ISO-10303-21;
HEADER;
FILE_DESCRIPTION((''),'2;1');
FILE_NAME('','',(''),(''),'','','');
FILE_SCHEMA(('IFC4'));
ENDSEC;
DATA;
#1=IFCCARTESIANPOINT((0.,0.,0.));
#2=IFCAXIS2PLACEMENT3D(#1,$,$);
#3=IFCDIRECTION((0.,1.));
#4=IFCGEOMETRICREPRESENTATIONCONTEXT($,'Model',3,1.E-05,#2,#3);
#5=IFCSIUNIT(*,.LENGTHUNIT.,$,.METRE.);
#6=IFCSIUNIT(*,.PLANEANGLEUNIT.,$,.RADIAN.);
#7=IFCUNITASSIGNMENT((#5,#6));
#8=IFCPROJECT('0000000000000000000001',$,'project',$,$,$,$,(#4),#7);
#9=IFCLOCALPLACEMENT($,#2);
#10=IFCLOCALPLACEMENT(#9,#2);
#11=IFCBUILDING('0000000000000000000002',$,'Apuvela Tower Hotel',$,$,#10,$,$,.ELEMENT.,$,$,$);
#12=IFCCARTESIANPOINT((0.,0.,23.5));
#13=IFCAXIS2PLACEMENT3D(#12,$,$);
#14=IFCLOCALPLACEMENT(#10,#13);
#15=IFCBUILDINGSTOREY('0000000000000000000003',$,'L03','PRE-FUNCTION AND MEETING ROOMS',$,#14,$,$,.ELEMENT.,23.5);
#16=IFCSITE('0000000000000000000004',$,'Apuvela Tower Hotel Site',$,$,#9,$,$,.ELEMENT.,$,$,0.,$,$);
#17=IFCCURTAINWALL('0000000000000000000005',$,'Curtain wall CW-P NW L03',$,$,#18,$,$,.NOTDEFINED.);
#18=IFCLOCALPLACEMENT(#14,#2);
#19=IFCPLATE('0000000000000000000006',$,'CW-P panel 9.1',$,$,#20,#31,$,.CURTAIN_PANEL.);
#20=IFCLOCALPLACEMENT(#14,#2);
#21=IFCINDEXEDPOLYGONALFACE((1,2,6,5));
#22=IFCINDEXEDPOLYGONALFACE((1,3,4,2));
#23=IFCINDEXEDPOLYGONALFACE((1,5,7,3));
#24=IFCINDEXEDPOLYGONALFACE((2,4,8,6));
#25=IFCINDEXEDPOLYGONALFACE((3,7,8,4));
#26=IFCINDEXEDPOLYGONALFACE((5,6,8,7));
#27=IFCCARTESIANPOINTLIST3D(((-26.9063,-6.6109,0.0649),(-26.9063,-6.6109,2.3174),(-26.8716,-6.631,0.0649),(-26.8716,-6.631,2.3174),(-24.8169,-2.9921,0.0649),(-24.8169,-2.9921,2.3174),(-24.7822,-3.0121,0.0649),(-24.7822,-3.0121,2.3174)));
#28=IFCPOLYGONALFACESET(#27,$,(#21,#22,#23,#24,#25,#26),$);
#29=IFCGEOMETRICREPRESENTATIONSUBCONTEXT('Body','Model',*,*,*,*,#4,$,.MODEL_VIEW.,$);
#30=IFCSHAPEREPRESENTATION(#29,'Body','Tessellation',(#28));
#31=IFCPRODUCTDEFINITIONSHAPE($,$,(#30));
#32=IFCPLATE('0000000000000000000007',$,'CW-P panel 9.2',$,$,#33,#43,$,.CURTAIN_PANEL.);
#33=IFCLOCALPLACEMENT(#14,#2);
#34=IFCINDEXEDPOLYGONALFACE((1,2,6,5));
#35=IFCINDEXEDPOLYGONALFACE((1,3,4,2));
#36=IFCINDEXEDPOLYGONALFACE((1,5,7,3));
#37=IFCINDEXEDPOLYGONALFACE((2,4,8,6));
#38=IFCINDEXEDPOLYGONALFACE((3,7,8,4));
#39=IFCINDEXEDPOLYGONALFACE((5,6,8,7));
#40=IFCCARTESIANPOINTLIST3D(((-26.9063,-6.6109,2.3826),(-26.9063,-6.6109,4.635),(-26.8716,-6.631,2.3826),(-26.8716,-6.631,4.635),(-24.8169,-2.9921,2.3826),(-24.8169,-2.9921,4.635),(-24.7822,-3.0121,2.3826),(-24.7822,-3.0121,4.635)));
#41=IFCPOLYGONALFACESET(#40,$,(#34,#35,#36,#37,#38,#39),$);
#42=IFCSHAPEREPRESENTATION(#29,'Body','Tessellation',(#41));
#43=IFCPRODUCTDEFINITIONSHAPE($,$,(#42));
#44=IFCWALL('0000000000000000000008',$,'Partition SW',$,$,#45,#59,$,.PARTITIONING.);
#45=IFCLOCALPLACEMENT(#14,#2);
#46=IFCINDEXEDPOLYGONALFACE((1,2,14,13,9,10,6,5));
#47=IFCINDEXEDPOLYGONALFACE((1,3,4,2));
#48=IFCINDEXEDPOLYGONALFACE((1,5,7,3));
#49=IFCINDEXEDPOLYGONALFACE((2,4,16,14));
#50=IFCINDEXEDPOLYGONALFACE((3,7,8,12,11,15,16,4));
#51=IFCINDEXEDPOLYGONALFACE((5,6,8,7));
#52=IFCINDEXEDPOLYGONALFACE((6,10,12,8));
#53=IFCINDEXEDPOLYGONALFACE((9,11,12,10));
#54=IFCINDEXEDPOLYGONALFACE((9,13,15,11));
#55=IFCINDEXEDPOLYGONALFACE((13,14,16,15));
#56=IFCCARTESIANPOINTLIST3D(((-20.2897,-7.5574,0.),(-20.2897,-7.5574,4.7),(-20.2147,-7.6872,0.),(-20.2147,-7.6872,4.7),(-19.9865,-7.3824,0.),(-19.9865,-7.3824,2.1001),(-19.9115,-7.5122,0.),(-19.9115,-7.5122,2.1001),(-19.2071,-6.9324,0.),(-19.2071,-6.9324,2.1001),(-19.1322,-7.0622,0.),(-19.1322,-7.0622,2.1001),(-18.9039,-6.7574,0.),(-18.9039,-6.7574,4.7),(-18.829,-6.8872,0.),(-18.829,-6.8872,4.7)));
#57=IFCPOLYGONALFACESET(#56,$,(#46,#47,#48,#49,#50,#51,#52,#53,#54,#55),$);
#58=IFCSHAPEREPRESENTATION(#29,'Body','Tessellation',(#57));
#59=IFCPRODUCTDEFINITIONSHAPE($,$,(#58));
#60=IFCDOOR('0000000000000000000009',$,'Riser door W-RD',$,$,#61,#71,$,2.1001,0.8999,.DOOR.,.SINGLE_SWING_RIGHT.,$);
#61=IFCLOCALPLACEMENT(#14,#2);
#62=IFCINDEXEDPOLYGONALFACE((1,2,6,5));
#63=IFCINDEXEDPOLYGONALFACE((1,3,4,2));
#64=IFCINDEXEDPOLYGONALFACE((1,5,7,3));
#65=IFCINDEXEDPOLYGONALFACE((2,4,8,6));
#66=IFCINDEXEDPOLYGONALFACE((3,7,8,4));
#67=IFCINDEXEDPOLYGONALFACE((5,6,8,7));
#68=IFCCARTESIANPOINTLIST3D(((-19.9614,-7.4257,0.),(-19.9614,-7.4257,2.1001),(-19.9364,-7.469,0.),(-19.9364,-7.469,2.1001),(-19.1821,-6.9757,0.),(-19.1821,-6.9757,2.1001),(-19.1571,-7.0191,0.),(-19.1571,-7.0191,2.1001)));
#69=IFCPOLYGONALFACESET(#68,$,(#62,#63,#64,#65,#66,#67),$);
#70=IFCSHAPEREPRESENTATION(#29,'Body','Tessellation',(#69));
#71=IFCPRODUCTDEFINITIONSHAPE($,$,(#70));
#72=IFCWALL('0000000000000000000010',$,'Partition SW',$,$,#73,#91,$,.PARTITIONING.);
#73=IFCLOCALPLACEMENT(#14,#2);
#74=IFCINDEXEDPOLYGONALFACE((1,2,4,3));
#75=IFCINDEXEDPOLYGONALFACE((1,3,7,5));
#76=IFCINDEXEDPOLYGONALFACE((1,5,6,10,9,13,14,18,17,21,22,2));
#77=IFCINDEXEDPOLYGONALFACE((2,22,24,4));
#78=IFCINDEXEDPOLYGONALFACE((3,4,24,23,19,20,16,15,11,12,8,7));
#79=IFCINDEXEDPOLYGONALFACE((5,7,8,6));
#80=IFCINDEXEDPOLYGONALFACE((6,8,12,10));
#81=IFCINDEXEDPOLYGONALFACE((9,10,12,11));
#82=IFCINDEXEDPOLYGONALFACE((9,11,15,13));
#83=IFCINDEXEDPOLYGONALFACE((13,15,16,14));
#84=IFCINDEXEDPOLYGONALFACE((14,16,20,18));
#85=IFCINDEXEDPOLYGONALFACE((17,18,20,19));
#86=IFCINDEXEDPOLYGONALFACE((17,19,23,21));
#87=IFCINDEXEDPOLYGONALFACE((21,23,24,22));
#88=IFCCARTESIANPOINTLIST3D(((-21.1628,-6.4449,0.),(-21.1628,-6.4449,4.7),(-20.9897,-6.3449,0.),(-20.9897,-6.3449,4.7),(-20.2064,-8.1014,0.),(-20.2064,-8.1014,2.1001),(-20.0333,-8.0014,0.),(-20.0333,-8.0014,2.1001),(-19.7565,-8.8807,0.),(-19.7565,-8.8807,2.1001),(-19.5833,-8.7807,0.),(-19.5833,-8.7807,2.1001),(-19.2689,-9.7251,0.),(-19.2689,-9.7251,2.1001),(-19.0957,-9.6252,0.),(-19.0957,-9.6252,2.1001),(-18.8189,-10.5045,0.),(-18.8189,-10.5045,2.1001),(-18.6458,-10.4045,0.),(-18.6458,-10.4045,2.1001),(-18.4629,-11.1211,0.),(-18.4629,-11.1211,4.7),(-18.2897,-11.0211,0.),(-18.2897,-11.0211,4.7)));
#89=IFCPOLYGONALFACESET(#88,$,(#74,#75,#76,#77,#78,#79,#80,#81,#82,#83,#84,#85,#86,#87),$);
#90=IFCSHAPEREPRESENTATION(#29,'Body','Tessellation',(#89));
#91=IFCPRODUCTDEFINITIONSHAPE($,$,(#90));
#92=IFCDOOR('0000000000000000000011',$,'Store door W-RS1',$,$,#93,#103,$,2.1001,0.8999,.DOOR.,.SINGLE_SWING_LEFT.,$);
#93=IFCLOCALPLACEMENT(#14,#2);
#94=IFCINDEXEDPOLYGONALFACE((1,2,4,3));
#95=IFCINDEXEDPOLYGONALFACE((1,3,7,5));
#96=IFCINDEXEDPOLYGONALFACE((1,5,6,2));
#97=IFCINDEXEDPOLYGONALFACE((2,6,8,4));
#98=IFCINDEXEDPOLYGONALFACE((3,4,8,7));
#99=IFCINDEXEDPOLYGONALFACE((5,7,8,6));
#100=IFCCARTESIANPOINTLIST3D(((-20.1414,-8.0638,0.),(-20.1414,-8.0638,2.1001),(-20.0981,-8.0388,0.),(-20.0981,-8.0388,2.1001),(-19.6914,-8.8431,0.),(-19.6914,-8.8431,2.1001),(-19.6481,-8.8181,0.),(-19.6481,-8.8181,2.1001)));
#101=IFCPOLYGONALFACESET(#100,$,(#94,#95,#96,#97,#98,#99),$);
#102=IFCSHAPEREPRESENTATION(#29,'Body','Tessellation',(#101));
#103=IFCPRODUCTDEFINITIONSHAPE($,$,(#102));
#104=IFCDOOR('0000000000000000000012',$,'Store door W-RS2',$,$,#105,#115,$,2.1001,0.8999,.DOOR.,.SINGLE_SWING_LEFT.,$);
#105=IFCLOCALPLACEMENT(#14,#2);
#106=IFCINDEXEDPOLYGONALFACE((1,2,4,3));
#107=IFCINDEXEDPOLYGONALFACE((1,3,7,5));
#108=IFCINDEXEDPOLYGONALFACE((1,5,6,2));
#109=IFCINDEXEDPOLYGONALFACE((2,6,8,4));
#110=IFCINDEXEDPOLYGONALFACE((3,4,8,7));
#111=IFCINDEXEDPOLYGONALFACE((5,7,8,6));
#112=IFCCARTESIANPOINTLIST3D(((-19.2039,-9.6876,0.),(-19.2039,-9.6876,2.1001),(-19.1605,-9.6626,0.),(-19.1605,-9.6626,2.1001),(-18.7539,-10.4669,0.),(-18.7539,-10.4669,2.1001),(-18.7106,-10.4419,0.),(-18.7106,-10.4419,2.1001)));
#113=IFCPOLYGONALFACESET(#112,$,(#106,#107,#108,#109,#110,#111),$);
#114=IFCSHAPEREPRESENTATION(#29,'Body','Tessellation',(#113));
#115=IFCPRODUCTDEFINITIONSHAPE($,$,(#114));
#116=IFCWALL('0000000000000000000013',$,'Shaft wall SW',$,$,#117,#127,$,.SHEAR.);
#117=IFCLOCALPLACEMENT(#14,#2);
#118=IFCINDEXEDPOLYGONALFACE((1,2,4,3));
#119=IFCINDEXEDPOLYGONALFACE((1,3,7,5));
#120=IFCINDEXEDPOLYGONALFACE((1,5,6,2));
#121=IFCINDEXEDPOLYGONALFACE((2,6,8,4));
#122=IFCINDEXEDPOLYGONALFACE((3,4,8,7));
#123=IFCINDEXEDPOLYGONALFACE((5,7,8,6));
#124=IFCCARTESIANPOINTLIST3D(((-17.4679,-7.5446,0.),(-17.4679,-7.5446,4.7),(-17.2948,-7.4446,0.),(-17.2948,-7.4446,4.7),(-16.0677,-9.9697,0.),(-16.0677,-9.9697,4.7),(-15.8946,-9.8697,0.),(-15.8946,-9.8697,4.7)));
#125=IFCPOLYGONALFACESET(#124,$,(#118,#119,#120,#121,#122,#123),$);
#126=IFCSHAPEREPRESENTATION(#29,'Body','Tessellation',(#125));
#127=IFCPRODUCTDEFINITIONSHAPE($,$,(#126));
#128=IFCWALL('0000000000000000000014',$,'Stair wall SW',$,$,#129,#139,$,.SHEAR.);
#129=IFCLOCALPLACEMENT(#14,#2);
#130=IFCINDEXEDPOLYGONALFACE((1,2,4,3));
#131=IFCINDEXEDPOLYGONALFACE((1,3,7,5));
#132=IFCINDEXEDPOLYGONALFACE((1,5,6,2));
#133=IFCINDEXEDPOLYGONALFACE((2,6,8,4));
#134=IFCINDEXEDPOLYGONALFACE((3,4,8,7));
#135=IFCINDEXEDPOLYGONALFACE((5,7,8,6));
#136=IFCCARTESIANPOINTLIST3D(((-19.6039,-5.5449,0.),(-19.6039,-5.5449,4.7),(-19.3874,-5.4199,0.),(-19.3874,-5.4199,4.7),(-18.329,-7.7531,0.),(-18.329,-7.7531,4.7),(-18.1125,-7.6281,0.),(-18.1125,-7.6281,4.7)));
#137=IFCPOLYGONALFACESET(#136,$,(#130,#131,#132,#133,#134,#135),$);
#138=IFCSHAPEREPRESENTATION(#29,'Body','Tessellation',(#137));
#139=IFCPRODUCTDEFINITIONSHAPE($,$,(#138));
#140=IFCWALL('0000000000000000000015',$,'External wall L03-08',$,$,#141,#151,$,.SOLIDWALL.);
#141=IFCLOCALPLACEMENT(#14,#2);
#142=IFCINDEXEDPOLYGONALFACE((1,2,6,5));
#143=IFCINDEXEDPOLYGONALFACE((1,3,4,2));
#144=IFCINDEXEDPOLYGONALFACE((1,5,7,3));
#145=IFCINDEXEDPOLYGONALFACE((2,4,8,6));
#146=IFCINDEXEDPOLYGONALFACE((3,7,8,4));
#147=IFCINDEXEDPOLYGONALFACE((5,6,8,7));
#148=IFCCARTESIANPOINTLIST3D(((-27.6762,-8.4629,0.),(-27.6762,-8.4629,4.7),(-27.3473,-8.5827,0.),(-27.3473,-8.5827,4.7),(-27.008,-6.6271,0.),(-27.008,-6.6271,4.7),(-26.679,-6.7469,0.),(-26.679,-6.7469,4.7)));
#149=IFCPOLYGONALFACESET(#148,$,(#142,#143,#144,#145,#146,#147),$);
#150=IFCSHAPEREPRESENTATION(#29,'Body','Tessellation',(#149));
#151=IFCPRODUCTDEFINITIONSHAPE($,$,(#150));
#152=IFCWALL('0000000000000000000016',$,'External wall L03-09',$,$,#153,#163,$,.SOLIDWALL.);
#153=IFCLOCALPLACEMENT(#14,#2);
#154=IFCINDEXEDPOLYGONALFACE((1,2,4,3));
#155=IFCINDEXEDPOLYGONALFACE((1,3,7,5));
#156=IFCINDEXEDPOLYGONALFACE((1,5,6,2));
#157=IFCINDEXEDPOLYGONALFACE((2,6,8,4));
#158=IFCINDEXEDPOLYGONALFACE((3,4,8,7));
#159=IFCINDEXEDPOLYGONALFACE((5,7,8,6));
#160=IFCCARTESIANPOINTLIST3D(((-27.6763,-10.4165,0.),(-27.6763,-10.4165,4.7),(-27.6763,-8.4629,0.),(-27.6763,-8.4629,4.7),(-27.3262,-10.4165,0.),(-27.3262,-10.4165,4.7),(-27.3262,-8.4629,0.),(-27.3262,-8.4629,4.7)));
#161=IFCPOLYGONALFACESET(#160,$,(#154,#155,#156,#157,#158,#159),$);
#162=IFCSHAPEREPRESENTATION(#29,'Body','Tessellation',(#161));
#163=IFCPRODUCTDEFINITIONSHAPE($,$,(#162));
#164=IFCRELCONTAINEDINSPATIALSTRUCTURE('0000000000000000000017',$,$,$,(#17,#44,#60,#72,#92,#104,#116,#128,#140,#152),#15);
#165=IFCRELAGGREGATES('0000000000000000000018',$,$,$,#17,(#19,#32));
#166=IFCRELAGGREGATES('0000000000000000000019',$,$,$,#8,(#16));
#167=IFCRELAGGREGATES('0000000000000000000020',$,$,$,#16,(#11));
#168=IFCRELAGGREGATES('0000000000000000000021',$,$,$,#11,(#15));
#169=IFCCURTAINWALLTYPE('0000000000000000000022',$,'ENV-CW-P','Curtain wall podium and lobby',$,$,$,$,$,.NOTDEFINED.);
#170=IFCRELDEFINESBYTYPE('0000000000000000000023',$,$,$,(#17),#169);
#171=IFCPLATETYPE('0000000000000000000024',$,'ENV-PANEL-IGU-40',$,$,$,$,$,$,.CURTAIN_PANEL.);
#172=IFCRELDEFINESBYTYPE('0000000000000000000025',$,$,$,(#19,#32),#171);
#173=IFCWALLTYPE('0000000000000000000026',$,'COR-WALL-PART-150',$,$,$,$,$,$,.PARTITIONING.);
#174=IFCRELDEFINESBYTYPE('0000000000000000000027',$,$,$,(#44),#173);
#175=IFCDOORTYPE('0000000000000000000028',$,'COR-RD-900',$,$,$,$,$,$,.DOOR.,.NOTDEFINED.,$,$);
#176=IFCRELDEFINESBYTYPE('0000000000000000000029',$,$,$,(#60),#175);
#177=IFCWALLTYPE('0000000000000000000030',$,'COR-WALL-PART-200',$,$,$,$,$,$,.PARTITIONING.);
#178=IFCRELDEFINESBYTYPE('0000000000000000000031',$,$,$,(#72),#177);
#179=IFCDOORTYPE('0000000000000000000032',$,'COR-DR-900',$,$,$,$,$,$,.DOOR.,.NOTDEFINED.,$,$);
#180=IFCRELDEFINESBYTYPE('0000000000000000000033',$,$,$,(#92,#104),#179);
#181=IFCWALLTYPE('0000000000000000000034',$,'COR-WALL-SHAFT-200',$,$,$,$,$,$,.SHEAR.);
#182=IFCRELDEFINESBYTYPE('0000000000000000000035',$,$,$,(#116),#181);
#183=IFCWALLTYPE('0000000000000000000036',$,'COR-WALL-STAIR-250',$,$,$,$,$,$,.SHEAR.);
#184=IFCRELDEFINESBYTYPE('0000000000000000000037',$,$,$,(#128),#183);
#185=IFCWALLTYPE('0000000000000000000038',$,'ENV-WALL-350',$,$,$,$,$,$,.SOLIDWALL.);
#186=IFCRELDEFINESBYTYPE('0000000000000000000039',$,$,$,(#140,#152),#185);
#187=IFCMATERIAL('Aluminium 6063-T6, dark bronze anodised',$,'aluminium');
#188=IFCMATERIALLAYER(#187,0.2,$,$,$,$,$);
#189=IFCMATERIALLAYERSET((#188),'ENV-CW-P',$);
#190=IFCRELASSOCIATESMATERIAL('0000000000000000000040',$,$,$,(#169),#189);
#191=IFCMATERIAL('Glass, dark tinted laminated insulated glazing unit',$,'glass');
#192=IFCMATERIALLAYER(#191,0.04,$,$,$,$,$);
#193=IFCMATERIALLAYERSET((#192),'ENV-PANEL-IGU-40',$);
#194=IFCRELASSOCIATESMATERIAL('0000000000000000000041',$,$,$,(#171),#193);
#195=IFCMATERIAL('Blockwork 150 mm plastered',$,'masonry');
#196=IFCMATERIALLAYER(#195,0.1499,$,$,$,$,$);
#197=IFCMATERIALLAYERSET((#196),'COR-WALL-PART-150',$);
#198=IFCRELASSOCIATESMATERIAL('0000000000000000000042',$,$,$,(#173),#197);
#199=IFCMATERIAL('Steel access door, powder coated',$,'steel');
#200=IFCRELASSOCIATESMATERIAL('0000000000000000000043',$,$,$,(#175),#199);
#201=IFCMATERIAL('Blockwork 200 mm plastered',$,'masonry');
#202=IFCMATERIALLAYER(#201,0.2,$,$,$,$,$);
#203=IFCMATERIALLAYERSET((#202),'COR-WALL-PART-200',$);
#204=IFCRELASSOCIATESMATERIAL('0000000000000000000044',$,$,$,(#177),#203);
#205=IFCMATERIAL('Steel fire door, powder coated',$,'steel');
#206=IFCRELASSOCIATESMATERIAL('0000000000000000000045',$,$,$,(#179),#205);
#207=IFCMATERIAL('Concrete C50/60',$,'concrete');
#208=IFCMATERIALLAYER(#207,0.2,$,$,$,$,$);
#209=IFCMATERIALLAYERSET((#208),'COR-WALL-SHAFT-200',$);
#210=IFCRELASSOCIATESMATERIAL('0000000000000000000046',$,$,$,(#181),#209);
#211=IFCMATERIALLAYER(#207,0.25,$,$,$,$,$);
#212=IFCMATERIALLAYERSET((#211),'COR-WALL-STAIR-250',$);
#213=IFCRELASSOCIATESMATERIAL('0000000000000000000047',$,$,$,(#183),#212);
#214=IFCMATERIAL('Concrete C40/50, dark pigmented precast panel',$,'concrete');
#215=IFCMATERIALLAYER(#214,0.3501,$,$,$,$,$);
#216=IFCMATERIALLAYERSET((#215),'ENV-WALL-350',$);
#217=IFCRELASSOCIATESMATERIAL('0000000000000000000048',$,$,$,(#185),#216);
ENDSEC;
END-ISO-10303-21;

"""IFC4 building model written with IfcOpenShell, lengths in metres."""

from ifc_helpers import new_model, si_unit, direction, frame, frame_2d, origin, origin_2d, place, context, subcontext, project, spatial, rectangle, extrude, material, layer, layer_set, type_object, element, fill, aggregate, save


model = new_model("IFC4")

# Units and contexts
model_context = context("Model", 3, precision=1e-05, world=origin(), true_north=direction((0.0, 1.0)))
body_context = subcontext(model_context, "Body", "Model", "MODEL_VIEW")
ifc_project = project(units=[si_unit("LENGTHUNIT", "METRE"), si_unit("PLANEANGLEUNIT", "RADIAN")], contexts=[model_context])

# Site, building, storey
site_placement = place(None, origin())
site = spatial("IfcSite", under=ifc_project, at=site_placement, Name="Apuvela Tower Hotel Site", CompositionType="ELEMENT", RefElevation=0.0)
building_placement = place(site_placement, origin())
building = spatial("IfcBuilding", under=site, at=building_placement, Name="Apuvela Tower Hotel", CompositionType="ELEMENT")
storey_placement = place(building_placement, frame((0.0, 0.0, 23.5)))
storey = spatial("IfcBuildingStorey", under=building, at=storey_placement, Name="L03", Description="PRE-FUNCTION AND MEETING ROOMS", CompositionType="ELEMENT", Elevation=23.5)

# Curtain wall
ifc_material_1 = material(Name="Aluminium 6063-T6, dark bronze anodised", Category="aluminium")
ifc_layer_1 = layer(ifc_material_1, 0.2)
ifc_layer_set_1 = layer_set([ifc_layer_1], Name="ENV-CW-P")
curtain_wall_type = type_object("IfcCurtainWallType", Name="ENV-CW-P", Description="Curtain wall podium and lobby", PredefinedType="NOTDEFINED", material=ifc_layer_set_1)
curtain_wall_placement = place(storey_placement, origin())
curtain_wall = element("IfcCurtainWall", 1, at=curtain_wall_placement, inside=storey, type_object=curtain_wall_type, Name="Curtain wall CW-P NW L03", PredefinedType="NOTDEFINED")

# Plates
ifc_material_2 = material(Name="Glass, dark tinted laminated insulated glazing unit", Category="glass")
ifc_layer_2 = layer(ifc_material_2, 0.04)
ifc_layer_set_2 = layer_set([ifc_layer_2], Name="ENV-PANEL-IGU-40")
plate_type = type_object("IfcPlateType", Name="ENV-PANEL-IGU-40", PredefinedType="CURTAIN_PANEL", material=ifc_layer_set_2)
plate_1_placement = place(storey_placement, frame((-25.8442, -4.8115, 0.0649), z_axis=(0.0, 0.0, 1.0), x_axis=(-0.5, -0.866026, 0.0)))
plate_1 = element("IfcPlate", 2, at=plate_1_placement, type_object=plate_type, Name="CW-P panel 9.1", PredefinedType="CURTAIN_PANEL", context=body_context, shape_type="SweptSolid", body=[
    extrude(rectangle(XDim=4.1787, YDim=0.04, at=origin_2d()), origin(), (0.0, 0.0, 1.0), 2.2524),
])
plate_2_placement = place(storey_placement, frame((-25.8442, -4.8115, 2.3826), z_axis=(0.0, 0.0, 1.0), x_axis=(-0.5, -0.866026, 0.0)))
plate_2 = element("IfcPlate", 3, at=plate_2_placement, type_object=plate_type, Name="CW-P panel 9.2", PredefinedType="CURTAIN_PANEL", context=body_context, shape_type="SweptSolid", body=[
    extrude(rectangle(XDim=4.1787, YDim=0.04, at=origin_2d()), origin(), (0.0, 0.0, 1.0), 2.2524),
])
aggregate(curtain_wall, [plate_1, plate_2])

# Wall, opening, door
ifc_material_3 = material(Name="Blockwork 150 mm plastered", Category="masonry")
ifc_layer_3 = layer(ifc_material_3, 0.1499)
ifc_layer_set_3 = layer_set([ifc_layer_3], Name="COR-WALL-PART-150")
wall_type_1 = type_object("IfcWallType", Name="COR-WALL-PART-150", PredefinedType="PARTITIONING", material=ifc_layer_set_3)
wall_1_placement = place(storey_placement, frame((-18.8665, -6.8223, 0.0), z_axis=(0.0, 0.0, 1.0), x_axis=(-0.866028, -0.499995, 0.0)))
wall_1 = element("IfcWall", 4, at=wall_1_placement, inside=storey, type_object=wall_type_1, Name="Partition SW", PredefinedType="PARTITIONING", context=body_context, shape_type="SweptSolid", body=[
    extrude(rectangle(XDim=1.6001, YDim=0.1499, at=frame_2d((0.8, 0.0))), origin(), (0.0, 0.0, 1.0), 4.7),
])
opening_1_placement = place(wall_1_placement, frame((0.3501, 0.0, 0.0)))
opening_1 = element("IfcOpeningElement", 5, at=opening_1_placement, cuts=wall_1, PredefinedType="OPENING", context=body_context, shape_type="SweptSolid", body=[
    extrude(rectangle(XDim=0.8999, YDim=2.1001, at=frame_2d((0.45, 1.05))), frame((0.0, 0.085, 0.0), z_axis=(0.0, -1.0, 0.0), x_axis=(1.0, 0.0, 0.0)), (0.0, 0.0, 1.0), 0.1699),
])
ifc_material_4 = material(Name="Steel access door, powder coated", Category="steel")
door_type_1 = type_object("IfcDoorType", Name="COR-RD-900", OperationType="NOTDEFINED", PredefinedType="DOOR", material=ifc_material_4)
door_1_placement = place(opening_1_placement, frame((0.8999, 0.0, 0.0), z_axis=(0.0, 0.0, 1.0), x_axis=(-1.0, 0.0, 0.0)))
door_1 = element("IfcDoor", 6, at=door_1_placement, inside=storey, type_object=door_type_1, Name="Riser door W-RD", OperationType="SINGLE_SWING_RIGHT", OverallHeight=2.1001, OverallWidth=0.8999, PredefinedType="DOOR", context=body_context, shape_type="SweptSolid", body=[
    extrude(rectangle(XDim=0.8999, YDim=2.1001, at=frame_2d((0.45, 1.05))), frame((0.0, 0.0249, 0.0), z_axis=(0.0, -1.0, 0.0), x_axis=(1.0, 0.0, 0.0)), (0.0, 0.0, 1.0), 0.05),
])
fill(opening_1, door_1)

# Wall, openings, doors
ifc_material_5 = material(Name="Blockwork 200 mm plastered", Category="masonry")
ifc_layer_4 = layer(ifc_material_5, 0.2)
ifc_layer_set_4 = layer_set([ifc_layer_4], Name="COR-WALL-PART-200")
wall_type_2 = type_object("IfcWallType", Name="COR-WALL-PART-200", PredefinedType="PARTITIONING", material=ifc_layer_set_4)
wall_2_placement = place(storey_placement, frame((-21.0762, -6.395, 0.0), z_axis=(0.0, 0.0, 1.0), x_axis=(0.500015, -0.866017, 0.0)))
wall_2 = element("IfcWall", 7, at=wall_2_placement, inside=storey, type_object=wall_type_2, Name="Partition SW", PredefinedType="PARTITIONING", context=body_context, shape_type="SweptSolid", body=[
    extrude(rectangle(XDim=5.3997, YDim=0.2, at=frame_2d((2.6997, 0.0))), origin(), (0.0, 0.0, 1.0), 4.7),
])
opening_2_placement = place(wall_2_placement, frame((1.9126, 0.0, 0.0)))
opening_2 = element("IfcOpeningElement", 8, at=opening_2_placement, cuts=wall_2, PredefinedType="OPENING", context=body_context, shape_type="SweptSolid", body=[
    extrude(rectangle(XDim=0.8999, YDim=2.1001, at=frame_2d((0.45, 1.05))), frame((0.0, 0.1099, 0.0), z_axis=(0.0, -1.0, 0.0), x_axis=(1.0, 0.0, 0.0)), (0.0, 0.0, 1.0), 0.22),
])
opening_3_placement = place(wall_2_placement, frame((3.7876, 0.0, 0.0)))
opening_3 = element("IfcOpeningElement", 9, at=opening_3_placement, cuts=wall_2, PredefinedType="OPENING", context=body_context, shape_type="SweptSolid", body=[
    extrude(rectangle(XDim=0.8999, YDim=2.1001, at=frame_2d((0.45, 1.05))), frame((0.0, 0.1099, 0.0), z_axis=(0.0, -1.0, 0.0), x_axis=(1.0, 0.0, 0.0)), (0.0, 0.0, 1.0), 0.22),
])
ifc_material_6 = material(Name="Steel fire door, powder coated", Category="steel")
door_type_2 = type_object("IfcDoorType", Name="COR-DR-900", OperationType="NOTDEFINED", PredefinedType="DOOR", material=ifc_material_6)
door_2_placement = place(opening_2_placement, frame((0.8999, 0.0, 0.0), z_axis=(0.0, 0.0, 1.0), x_axis=(-1.0, 0.0, 0.0)))
door_2 = element("IfcDoor", 10, at=door_2_placement, inside=storey, type_object=door_type_2, Name="Store door W-RS1", OperationType="SINGLE_SWING_LEFT", OverallHeight=2.1001, OverallWidth=0.8999, PredefinedType="DOOR", context=body_context, shape_type="SweptSolid", body=[
    extrude(rectangle(XDim=0.8999, YDim=2.1001, at=frame_2d((0.45, 1.05))), frame((0.0, 0.0249, 0.0), z_axis=(0.0, -1.0, 0.0), x_axis=(1.0, 0.0, 0.0)), (0.0, 0.0, 1.0), 0.05),
])
fill(opening_2, door_2)
door_3_placement = place(opening_3_placement, frame((0.8999, 0.0, 0.0), z_axis=(0.0, 0.0, 1.0), x_axis=(-1.0, 0.0, 0.0)))
door_3 = element("IfcDoor", 11, at=door_3_placement, inside=storey, type_object=door_type_2, Name="Store door W-RS2", OperationType="SINGLE_SWING_LEFT", OverallHeight=2.1001, OverallWidth=0.8999, PredefinedType="DOOR", context=body_context, shape_type="SweptSolid", body=[
    extrude(rectangle(XDim=0.8999, YDim=2.1001, at=frame_2d((0.45, 1.05))), frame((0.0, 0.0249, 0.0), z_axis=(0.0, -1.0, 0.0), x_axis=(1.0, 0.0, 0.0)), (0.0, 0.0, 1.0), 0.05),
])
fill(opening_3, door_3)

# Walls
ifc_material_7 = material(Name="Concrete C50/60", Category="concrete")
ifc_layer_5 = layer(ifc_material_7, 0.2)
ifc_layer_set_5 = layer_set([ifc_layer_5], Name="COR-WALL-SHAFT-200")
wall_type_3 = type_object("IfcWallType", Name="COR-WALL-SHAFT-200", PredefinedType="SHEAR", material=ifc_layer_set_5)
wall_3_placement = place(storey_placement, frame((-17.3813, -7.4946, 0.0), z_axis=(0.0, 0.0, 1.0), x_axis=(0.500012, -0.866019, 0.0)))
element("IfcWall", 12, at=wall_3_placement, inside=storey, type_object=wall_type_3, Name="Shaft wall SW", PredefinedType="SHEAR", context=body_context, shape_type="SweptSolid", body=[
    extrude(rectangle(XDim=2.8003, YDim=0.2, at=frame_2d((1.4001, 0.0))), origin(), (0.0, 0.0, 1.0), 4.7),
])
ifc_layer_6 = layer(ifc_material_7, 0.25)
ifc_layer_set_6 = layer_set([ifc_layer_6], Name="COR-WALL-STAIR-250")
wall_type_4 = type_object("IfcWallType", Name="COR-WALL-STAIR-250", PredefinedType="SHEAR", material=ifc_layer_set_6)
wall_4_placement = place(storey_placement, frame((-19.4956, -5.4824, 0.0), z_axis=(0.0, 0.0, 1.0), x_axis=(0.49999, -0.866031, 0.0)))
element("IfcWall", 13, at=wall_4_placement, inside=storey, type_object=wall_type_4, Name="Stair wall SW", PredefinedType="SHEAR", context=body_context, shape_type="SweptSolid", body=[
    extrude(rectangle(XDim=2.5498, YDim=0.25, at=frame_2d((1.2749, 0.0))), origin(), (0.0, 0.0, 1.0), 4.7),
])
ifc_material_8 = material(Name="Concrete C40/50, dark pigmented precast panel", Category="concrete")
ifc_layer_7 = layer(ifc_material_8, 0.3501)
ifc_layer_set_7 = layer_set([ifc_layer_7], Name="ENV-WALL-350")
wall_type_5 = type_object("IfcWallType", Name="ENV-WALL-350", PredefinedType="SOLIDWALL", material=ifc_layer_set_7)
for number, where, z_axis, x_axis, name in (
    (14, (-26.8435, -6.687, 0.0), (0.0, 0.0, 1.0), (-0.342054, -0.93968, 0.0), "External wall L03-08"),
    (15, (-27.5012, -8.4629, 0.0), (0.0, 0.0, 1.0), (0.0, -1.0, 0.0), "External wall L03-09"),
):
    element("IfcWall", number, at=place(storey_placement, frame(where, z_axis=z_axis, x_axis=x_axis)), inside=storey, type_object=wall_type_5, Name=name, PredefinedType="SOLIDWALL", context=body_context, shape_type="SweptSolid", body=[
        extrude(rectangle(XDim=1.9536, YDim=0.3501, at=frame_2d((0.9768, 0.0))), origin(), (0.0, 0.0, 1.0), 4.7),
    ])

save(model, "model.ifc")
